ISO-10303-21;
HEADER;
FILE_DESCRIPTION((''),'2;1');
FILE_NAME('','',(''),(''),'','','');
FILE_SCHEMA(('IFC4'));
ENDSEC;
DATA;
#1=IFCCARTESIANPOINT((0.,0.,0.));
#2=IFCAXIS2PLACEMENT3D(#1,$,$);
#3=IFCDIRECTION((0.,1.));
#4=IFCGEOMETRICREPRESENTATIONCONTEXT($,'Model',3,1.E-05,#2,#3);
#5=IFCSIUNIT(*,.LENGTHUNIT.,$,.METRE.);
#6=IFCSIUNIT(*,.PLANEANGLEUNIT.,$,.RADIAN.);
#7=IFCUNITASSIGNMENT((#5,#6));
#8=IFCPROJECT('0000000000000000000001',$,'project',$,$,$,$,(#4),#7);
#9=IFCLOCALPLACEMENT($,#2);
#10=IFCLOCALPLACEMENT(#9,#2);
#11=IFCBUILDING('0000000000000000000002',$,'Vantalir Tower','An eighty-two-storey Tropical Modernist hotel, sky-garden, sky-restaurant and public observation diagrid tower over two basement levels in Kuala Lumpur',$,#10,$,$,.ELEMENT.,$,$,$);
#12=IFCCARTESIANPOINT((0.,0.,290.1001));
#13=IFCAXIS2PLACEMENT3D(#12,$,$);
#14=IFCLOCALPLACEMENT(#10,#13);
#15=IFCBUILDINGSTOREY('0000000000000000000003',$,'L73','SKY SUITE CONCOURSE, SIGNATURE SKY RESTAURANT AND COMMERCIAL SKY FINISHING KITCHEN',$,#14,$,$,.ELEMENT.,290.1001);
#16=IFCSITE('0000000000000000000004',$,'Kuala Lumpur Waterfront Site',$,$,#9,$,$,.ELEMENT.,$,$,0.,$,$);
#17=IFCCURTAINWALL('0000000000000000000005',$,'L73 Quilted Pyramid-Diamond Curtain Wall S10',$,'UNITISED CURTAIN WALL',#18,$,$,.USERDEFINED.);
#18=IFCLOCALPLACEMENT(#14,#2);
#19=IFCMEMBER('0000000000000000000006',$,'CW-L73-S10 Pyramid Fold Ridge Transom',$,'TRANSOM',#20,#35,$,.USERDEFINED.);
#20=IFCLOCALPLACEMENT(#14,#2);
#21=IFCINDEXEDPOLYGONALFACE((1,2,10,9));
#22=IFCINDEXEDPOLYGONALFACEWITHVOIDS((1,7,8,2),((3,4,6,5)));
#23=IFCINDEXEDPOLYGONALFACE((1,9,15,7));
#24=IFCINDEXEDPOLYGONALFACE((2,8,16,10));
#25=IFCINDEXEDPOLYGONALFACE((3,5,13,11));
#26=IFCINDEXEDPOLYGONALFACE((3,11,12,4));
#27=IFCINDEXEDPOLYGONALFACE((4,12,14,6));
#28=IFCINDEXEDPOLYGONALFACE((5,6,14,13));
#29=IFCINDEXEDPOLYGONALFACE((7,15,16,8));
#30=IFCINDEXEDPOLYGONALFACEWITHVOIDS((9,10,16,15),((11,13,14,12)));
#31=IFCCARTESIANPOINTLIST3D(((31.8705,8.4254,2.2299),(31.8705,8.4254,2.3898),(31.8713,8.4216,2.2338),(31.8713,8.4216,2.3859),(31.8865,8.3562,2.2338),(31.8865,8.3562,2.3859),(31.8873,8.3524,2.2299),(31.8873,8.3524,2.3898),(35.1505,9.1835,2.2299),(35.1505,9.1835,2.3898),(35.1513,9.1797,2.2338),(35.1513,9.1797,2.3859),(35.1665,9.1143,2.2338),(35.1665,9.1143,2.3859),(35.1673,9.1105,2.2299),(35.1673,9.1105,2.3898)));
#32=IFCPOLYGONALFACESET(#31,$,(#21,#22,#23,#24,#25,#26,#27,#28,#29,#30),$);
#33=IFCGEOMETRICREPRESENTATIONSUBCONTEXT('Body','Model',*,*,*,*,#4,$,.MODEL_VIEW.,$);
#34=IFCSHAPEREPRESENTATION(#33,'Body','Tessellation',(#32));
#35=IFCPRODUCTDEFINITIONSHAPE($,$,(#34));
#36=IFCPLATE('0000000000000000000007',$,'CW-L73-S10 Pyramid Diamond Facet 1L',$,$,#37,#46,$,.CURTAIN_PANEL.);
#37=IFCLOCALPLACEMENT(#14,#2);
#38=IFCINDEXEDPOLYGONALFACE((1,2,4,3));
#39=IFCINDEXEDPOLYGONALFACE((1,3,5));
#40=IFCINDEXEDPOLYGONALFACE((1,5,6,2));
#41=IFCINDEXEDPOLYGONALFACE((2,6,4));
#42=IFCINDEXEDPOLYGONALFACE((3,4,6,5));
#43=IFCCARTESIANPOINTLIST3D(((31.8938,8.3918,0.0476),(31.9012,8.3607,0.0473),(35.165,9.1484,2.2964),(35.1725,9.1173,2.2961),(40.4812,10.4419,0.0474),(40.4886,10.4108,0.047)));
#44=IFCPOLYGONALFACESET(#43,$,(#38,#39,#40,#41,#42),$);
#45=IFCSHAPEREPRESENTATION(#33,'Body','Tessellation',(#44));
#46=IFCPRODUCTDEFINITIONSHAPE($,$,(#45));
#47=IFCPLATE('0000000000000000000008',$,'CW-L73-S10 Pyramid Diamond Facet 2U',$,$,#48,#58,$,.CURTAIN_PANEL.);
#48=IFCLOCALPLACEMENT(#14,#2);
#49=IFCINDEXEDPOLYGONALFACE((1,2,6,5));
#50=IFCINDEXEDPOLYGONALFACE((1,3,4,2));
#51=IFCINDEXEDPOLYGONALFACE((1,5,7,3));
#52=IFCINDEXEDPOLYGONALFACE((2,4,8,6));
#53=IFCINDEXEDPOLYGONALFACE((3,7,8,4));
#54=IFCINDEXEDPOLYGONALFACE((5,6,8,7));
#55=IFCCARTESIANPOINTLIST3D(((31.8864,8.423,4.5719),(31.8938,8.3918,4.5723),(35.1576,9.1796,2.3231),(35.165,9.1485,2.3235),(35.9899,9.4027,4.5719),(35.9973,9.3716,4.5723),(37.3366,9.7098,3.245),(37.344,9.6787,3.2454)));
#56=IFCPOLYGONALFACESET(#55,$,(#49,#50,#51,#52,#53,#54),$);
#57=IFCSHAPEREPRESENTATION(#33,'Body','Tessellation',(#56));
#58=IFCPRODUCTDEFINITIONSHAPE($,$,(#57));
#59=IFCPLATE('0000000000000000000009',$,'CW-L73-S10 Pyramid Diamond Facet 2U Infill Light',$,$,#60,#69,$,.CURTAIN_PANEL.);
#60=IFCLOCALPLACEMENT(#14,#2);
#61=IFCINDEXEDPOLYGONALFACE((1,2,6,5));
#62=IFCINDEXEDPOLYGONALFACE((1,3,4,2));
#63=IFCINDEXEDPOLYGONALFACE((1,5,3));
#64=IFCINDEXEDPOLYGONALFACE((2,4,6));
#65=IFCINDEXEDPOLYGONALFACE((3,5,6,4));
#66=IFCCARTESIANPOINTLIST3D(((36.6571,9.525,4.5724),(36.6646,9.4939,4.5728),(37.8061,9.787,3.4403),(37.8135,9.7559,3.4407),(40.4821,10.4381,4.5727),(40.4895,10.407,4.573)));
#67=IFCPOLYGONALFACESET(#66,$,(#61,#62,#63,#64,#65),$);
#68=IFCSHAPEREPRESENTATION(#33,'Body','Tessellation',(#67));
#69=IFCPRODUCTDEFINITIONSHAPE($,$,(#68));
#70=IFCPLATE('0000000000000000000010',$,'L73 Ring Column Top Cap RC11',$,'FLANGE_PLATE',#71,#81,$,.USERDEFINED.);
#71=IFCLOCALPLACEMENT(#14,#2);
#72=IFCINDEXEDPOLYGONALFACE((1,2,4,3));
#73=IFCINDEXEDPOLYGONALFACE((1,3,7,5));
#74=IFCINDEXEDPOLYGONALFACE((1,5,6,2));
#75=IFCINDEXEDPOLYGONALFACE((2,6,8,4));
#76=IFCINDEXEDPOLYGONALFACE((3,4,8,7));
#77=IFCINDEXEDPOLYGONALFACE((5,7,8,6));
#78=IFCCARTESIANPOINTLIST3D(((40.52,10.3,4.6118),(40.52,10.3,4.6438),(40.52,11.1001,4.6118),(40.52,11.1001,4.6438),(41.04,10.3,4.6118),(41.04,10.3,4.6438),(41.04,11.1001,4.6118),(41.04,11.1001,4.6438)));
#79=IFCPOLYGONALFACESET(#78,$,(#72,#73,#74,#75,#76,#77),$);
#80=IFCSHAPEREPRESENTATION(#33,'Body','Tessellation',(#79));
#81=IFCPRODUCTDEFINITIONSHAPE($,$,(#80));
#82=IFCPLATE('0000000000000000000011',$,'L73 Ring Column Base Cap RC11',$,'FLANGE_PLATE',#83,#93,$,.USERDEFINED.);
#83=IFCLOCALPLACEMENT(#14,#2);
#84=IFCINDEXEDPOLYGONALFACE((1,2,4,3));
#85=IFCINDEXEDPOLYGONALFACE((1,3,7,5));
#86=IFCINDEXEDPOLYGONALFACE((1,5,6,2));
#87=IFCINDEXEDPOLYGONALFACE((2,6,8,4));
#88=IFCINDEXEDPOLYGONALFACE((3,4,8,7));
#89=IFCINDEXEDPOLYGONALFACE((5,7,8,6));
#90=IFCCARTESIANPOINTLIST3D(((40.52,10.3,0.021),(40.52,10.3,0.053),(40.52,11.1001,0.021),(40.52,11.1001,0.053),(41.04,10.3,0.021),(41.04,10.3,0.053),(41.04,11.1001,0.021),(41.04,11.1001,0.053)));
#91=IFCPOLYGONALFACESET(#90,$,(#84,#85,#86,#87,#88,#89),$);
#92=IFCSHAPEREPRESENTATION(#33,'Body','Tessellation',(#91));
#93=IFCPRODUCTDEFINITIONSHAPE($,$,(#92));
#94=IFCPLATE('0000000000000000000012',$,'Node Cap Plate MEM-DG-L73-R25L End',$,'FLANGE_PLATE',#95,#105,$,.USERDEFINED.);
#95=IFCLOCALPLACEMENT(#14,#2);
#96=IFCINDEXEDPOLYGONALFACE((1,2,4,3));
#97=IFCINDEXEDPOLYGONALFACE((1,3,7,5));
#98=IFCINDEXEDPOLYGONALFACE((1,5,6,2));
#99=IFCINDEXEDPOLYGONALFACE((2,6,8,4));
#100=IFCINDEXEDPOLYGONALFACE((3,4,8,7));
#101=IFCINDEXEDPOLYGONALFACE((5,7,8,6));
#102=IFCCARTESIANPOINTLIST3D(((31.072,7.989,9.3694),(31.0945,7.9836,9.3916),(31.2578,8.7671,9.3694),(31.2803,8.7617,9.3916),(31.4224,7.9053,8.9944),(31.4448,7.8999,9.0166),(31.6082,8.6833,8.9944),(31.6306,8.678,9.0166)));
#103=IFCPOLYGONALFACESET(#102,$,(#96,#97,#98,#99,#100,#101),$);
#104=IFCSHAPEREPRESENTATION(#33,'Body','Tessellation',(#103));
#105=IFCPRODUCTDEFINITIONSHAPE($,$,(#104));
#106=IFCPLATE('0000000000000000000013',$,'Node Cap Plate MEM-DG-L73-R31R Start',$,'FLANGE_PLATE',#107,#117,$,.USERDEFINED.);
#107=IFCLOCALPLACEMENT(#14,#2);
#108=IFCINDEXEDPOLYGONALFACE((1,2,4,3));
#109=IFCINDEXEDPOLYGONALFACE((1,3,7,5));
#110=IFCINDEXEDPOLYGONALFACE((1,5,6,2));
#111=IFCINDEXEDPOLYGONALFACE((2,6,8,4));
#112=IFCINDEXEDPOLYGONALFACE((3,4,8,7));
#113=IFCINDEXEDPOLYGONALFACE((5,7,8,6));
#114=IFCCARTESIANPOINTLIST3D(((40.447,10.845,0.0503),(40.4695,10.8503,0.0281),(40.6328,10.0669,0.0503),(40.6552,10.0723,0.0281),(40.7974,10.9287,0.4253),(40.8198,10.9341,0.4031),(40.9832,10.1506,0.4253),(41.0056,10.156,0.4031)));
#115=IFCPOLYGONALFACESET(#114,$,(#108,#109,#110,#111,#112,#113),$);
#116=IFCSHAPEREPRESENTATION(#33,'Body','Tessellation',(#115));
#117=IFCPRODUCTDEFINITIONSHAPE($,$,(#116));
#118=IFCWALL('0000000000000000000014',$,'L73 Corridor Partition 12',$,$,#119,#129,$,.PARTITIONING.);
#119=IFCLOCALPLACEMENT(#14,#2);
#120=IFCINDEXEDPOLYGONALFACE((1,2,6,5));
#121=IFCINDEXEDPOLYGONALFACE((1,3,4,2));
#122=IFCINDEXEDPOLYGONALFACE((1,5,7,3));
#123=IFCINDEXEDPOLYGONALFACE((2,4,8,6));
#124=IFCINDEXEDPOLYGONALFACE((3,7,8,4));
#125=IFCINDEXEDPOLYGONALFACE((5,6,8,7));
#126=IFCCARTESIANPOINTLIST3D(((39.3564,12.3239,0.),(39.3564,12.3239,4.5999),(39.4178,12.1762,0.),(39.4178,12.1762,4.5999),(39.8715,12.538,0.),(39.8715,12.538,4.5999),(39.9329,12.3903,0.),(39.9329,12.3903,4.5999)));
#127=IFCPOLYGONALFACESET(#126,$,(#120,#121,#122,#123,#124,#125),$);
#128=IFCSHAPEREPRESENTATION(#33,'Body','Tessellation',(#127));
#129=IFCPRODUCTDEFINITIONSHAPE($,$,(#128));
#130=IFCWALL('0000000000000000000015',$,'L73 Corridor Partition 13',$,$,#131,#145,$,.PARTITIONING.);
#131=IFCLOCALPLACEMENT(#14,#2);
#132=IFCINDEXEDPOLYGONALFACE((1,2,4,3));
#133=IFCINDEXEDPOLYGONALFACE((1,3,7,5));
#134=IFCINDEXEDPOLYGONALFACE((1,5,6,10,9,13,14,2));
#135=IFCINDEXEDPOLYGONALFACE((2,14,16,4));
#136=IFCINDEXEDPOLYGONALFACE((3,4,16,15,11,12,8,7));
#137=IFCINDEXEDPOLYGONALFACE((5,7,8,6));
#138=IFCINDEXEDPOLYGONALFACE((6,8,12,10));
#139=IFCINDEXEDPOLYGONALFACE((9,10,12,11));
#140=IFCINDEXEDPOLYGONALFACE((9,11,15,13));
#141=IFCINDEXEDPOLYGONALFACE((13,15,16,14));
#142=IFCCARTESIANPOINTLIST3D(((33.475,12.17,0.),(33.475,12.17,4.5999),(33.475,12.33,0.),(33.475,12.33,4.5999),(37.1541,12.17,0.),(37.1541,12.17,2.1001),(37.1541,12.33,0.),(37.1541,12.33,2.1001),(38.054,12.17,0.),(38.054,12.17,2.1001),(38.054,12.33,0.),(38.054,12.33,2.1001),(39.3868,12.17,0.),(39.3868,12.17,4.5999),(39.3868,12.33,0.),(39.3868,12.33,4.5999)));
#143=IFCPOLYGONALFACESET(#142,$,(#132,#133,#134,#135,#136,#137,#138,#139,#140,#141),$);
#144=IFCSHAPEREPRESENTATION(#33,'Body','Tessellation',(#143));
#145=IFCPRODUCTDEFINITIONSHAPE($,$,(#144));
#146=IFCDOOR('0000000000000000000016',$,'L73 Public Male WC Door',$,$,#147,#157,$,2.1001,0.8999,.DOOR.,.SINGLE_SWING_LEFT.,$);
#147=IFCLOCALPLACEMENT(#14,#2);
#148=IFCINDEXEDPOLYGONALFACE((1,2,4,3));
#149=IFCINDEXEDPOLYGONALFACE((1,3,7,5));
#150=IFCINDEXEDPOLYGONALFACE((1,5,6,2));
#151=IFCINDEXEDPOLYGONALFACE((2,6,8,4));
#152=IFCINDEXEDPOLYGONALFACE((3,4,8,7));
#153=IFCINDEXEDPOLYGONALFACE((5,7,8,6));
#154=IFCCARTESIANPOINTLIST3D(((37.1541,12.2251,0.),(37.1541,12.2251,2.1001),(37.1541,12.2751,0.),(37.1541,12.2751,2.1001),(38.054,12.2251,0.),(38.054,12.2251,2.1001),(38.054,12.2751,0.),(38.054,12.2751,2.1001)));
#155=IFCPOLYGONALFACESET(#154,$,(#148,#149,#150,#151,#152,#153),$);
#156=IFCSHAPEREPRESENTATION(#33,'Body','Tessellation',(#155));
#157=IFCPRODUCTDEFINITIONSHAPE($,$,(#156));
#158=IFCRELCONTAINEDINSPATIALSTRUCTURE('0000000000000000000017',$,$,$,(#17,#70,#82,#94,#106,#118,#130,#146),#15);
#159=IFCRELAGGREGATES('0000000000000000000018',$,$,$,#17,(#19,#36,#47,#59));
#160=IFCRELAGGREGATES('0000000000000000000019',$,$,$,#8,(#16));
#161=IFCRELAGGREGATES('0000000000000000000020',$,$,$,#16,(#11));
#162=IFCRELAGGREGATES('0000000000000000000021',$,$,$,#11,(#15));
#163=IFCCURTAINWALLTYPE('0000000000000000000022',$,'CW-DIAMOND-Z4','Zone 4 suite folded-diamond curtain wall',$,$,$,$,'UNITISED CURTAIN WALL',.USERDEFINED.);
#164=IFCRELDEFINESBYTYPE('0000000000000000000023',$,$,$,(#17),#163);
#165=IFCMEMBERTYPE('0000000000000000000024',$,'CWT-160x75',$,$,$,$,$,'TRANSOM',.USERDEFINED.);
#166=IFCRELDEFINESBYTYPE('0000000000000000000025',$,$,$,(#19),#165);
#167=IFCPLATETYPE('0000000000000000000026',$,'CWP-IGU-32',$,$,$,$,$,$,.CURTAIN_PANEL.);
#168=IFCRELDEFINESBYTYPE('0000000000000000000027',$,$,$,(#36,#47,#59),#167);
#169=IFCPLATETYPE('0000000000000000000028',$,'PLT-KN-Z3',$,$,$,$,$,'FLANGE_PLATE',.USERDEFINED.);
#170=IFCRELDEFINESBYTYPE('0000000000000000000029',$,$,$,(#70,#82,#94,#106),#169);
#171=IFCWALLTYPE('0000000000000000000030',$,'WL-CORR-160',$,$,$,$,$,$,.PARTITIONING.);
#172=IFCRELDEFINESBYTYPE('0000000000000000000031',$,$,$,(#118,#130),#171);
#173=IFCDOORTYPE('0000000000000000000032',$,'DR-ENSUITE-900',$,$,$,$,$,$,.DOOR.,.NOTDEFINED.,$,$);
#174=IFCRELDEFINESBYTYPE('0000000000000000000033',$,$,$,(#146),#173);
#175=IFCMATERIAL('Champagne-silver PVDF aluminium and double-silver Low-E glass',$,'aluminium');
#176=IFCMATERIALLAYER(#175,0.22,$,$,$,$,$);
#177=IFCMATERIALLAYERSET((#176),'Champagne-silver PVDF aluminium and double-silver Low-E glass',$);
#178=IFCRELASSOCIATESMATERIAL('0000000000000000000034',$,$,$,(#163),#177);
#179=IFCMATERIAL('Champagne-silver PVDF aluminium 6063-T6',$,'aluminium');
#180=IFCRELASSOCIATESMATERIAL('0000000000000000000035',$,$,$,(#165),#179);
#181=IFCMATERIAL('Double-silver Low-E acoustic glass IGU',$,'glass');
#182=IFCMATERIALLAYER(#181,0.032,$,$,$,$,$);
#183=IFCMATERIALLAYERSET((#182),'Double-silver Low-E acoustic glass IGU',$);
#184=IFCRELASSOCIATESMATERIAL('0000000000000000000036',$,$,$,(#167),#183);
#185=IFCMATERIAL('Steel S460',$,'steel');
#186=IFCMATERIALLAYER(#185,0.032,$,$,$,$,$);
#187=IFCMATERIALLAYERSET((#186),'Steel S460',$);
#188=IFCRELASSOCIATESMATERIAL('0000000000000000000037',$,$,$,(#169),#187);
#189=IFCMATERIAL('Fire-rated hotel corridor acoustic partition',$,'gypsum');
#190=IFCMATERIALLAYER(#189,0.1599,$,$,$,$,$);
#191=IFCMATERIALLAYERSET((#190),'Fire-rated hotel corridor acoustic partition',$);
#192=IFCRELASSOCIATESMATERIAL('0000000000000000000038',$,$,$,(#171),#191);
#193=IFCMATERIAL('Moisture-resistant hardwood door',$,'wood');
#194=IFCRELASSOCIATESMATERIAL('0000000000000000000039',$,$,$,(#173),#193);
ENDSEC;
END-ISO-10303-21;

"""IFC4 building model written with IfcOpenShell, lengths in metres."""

from ifc_helpers import new_model, si_unit, direction, frame, frame_2d, origin, origin_2d, place, context, subcontext, project, spatial, polyline, rectangle, hollow_rectangle, outline, extrude, material, layer, layer_set, material_profile, profile_set, type_object, element, fill, aggregate, save


model = new_model("IFC4")

# Units and contexts
model_context = context("Model", 3, precision=1e-05, world=origin(), true_north=direction((0.0, 1.0)))
body_context = subcontext(model_context, "Body", "Model", "MODEL_VIEW")
ifc_project = project(units=[si_unit("LENGTHUNIT", "METRE"), si_unit("PLANEANGLEUNIT", "RADIAN")], contexts=[model_context])

# Site, building, storey
site_placement = place(None, origin())
site = spatial("IfcSite", under=ifc_project, at=site_placement, Name="Kuala Lumpur Waterfront Site", CompositionType="ELEMENT", RefElevation=0.0)
building_placement = place(site_placement, origin())
building = spatial("IfcBuilding", under=site, at=building_placement, Name="Vantalir Tower", Description="An eighty-two-storey Tropical Modernist hotel, sky-garden, sky-restaurant and public observation diagrid tower over two basement levels in Kuala Lumpur", CompositionType="ELEMENT")
storey_placement = place(building_placement, frame((0.0, 0.0, 290.1001)))
storey = spatial("IfcBuildingStorey", under=building, at=storey_placement, Name="L73", Description="SKY SUITE CONCOURSE, SIGNATURE SKY RESTAURANT AND COMMERCIAL SKY FINISHING KITCHEN", CompositionType="ELEMENT", Elevation=290.1001)

# Shared definitions
ifc_material_1 = material(Name="Steel S460", Category="steel")

# Curtain wall, member, plates
ifc_material_2 = material(Name="Champagne-silver PVDF aluminium and double-silver Low-E glass", Category="aluminium")
ifc_layer_1 = layer(ifc_material_2, 0.22)
ifc_layer_set_1 = layer_set([ifc_layer_1], Name="Champagne-silver PVDF aluminium and double-silver Low-E glass")
curtain_wall_type = type_object("IfcCurtainWallType", Name="CW-DIAMOND-Z4", Description="Zone 4 suite folded-diamond curtain wall", ElementType="UNITISED CURTAIN WALL", PredefinedType="USERDEFINED", material=ifc_layer_set_1)
curtain_wall_placement = place(storey_placement, origin())
curtain_wall = element("IfcCurtainWall", 1, at=curtain_wall_placement, inside=storey, type_object=curtain_wall_type, Name="L73 Quilted Pyramid-Diamond Curtain Wall S10", ObjectType="UNITISED CURTAIN WALL", PredefinedType="USERDEFINED")
ifc_material_3 = material(Name="Champagne-silver PVDF aluminium 6063-T6", Category="aluminium")
ifc_material_profile_1 = material_profile(ifc_material_3, hollow_rectangle(XDim=0.075, YDim=0.1599, WallThickness=0.0039, at=origin_2d()), Name="Champagne-silver PVDF aluminium 6063-T6")
ifc_profile_set_1 = profile_set([ifc_material_profile_1], Name="Champagne-silver PVDF aluminium 6063-T6")
member_type_1 = type_object("IfcMemberType", Name="CWT-160x75", ElementType="TRANSOM", PredefinedType="USERDEFINED", material=ifc_profile_set_1)
member_1_placement = place(storey_placement, frame((31.8789, 8.3889, 2.3098), z_axis=(0.974318, 0.225177, 0.0), x_axis=(-0.225177, 0.974318, 0.0)))
member_1 = element("IfcMember", 2, at=member_1_placement, type_object=member_type_1, Name="CW-L73-S10 Pyramid Fold Ridge Transom", ObjectType="TRANSOM", PredefinedType="USERDEFINED", context=body_context, shape_type="SweptSolid", body=[
    extrude(hollow_rectangle(XDim=0.075, YDim=0.1599, WallThickness=0.0039, at=origin_2d()), origin(), (0.0, 0.0, 1.0), 3.3665),
])
ifc_material_4 = material(Name="Double-silver Low-E acoustic glass IGU", Category="glass")
ifc_layer_2 = layer(ifc_material_4, 0.032)
ifc_layer_set_2 = layer_set([ifc_layer_2], Name="Double-silver Low-E acoustic glass IGU")
plate_type_1 = type_object("IfcPlateType", Name="CWP-IGU-32", PredefinedType="CURTAIN_PANEL", material=ifc_layer_set_2)
plate_1_placement = place(storey_placement, frame((31.8938, 8.3918, 0.0476), z_axis=(-0.232189, 0.972614, 0.010528), x_axis=(0.972667, 0.232202, -0.000028)))
plate_1 = element("IfcPlate", 3, at=plate_1_placement, type_object=plate_type_1, Name="CW-L73-S10 Pyramid Diamond Facet 1L", PredefinedType="CURTAIN_PANEL", context=body_context, shape_type="SweptSolid", body=[
    extrude(outline(polyline([(0.0, 0.0), (8.8287, 0.0), (3.3574, -2.249), (0.0, 0.0)])), origin(), (0.0, 0.0, -1.0), 0.032),
])
plate_2_placement = place(storey_placement, frame((31.8938, 8.3918, 4.5723), z_axis=(0.232218, -0.972606, 0.010567), x_axis=(0.972661, 0.232231, 0.0)))
plate_2 = element("IfcPlate", 4, at=plate_2_placement, type_object=plate_type_1, Name="CW-L73-S10 Pyramid Diamond Facet 2U", PredefinedType="CURTAIN_PANEL", context=body_context, shape_type="SweptSolid", body=[
    extrude(outline(polyline([(0.0, 0.0), (4.2189, 0.0), (5.6, -1.327), (3.3575, -2.2489), (0.0, 0.0)])), origin(), (0.0, 0.0, -1.0), 0.032),
])
plate_3_placement = place(storey_placement, frame((36.6646, 9.4939, 4.5728), z_axis=(0.23218, -0.972615, 0.010573), x_axis=(0.972669, 0.232194, 0.000062)))
plate_3 = element("IfcPlate", 5, at=plate_3_placement, type_object=plate_type_1, Name="CW-L73-S10 Pyramid Diamond Facet 2U Infill Light", PredefinedType="CURTAIN_PANEL", context=body_context, shape_type="SweptSolid", body=[
    extrude(outline(polyline([(0.0, 0.0), (3.9324, 0.0), (1.1783, -1.1322), (0.0, 0.0)])), origin(), (0.0, 0.0, -1.0), 0.032),
])
aggregate(curtain_wall, [member_1, plate_1, plate_2, plate_3])

# Plates
ifc_layer_3 = layer(ifc_material_1, 0.032)
ifc_layer_set_3 = layer_set([ifc_layer_3], Name="Steel S460")
plate_type_2 = type_object("IfcPlateType", Name="PLT-KN-Z3", ElementType="FLANGE_PLATE", PredefinedType="USERDEFINED", material=ifc_layer_set_3)
for number, where, z_axis, x_axis, name in (
    (6, (40.52, 11.1001, 4.6438), (0.0, 0.0, 1.0), (0.0, -1.0, 0.0), "L73 Ring Column Top Cap RC11"),
    (7, (40.52, 11.1001, 0.053), (0.0, 0.0, 1.0), (0.0, -1.0, 0.0), "L73 Ring Column Base Cap RC11"),
):
    element("IfcPlate", number, at=place(storey_placement, frame(where, z_axis=z_axis, x_axis=x_axis)), inside=storey, type_object=plate_type_2, Name=name, ObjectType="FLANGE_PLATE", PredefinedType="USERDEFINED", context=body_context, shape_type="SweptSolid", body=[
        extrude(outline(polyline([(0.0, 0.0), (0.8, 0.0), (0.8, 0.52), (0.0, 0.52), (0.0, 0.0)])), origin(), (0.0, 0.0, -1.0), 0.032),
    ])
plate_4_placement = place(storey_placement, frame((31.4448, 7.8999, 9.0166), z_axis=(0.701464, -0.167497, 0.692743), x_axis=(0.232253, 0.972655, 0.0)))
element("IfcPlate", 8, at=plate_4_placement, inside=storey, type_object=plate_type_2, Name="Node Cap Plate MEM-DG-L73-R25L End", ObjectType="FLANGE_PLATE", PredefinedType="USERDEFINED", context=body_context, shape_type="SweptSolid", body=[
    extrude(outline(polyline([(0.0, 0.0), (0.8, 0.0), (0.8, 0.52), (0.0001, 0.52), (0.0, 0.0)])), origin(), (0.0, 0.0, -1.0), 0.032),
])
plate_5_placement = place(storey_placement, frame((40.447, 10.845, 0.0503), z_axis=(-0.701464, -0.167497, 0.692743), x_axis=(0.232253, -0.972655, 0.0)))
element("IfcPlate", 9, at=plate_5_placement, inside=storey, type_object=plate_type_2, Name="Node Cap Plate MEM-DG-L73-R31R Start", ObjectType="FLANGE_PLATE", PredefinedType="USERDEFINED", context=body_context, shape_type="SweptSolid", body=[
    extrude(outline(polyline([(0.0, 0.0), (0.8, 0.0), (0.7999, 0.52), (-0.0001, 0.52), (0.0, 0.0)])), origin(), (0.0, 0.0, -1.0), 0.032),
])

# Wall
ifc_material_5 = material(Name="Fire-rated hotel corridor acoustic partition", Category="gypsum")
ifc_layer_4 = layer(ifc_material_5, 0.1599)
ifc_layer_set_4 = layer_set([ifc_layer_4], Name="Fire-rated hotel corridor acoustic partition")
wall_type_1 = type_object("IfcWallType", Name="WL-CORR-160", PredefinedType="PARTITIONING", material=ifc_layer_set_4)
wall_1_placement = place(storey_placement, frame((39.9021, 12.4641, 0.0), z_axis=(0.0, 0.0, 1.0), x_axis=(-0.923413, -0.383807, 0.0)))
element("IfcWall", 10, at=wall_1_placement, inside=storey, type_object=wall_type_1, Name="L73 Corridor Partition 12", PredefinedType="PARTITIONING", context=body_context, shape_type="SweptSolid", body=[
    extrude(rectangle(XDim=0.5579, YDim=0.1599, at=frame_2d((0.2788, 0.0))), origin(), (0.0, 0.0, 1.0), 4.5999),
])

# Wall, opening, door
wall_2_placement = place(storey_placement, frame((39.387, 12.25, 0.0), z_axis=(0.0, 0.0, 1.0), x_axis=(-1.0, 0.0, 0.0)))
wall_2 = element("IfcWall", 11, at=wall_2_placement, inside=storey, type_object=wall_type_1, Name="L73 Corridor Partition 13", PredefinedType="PARTITIONING", context=body_context, shape_type="SweptSolid", body=[
    extrude(rectangle(XDim=5.9119, YDim=0.1599, at=frame_2d((2.9561, 0.0))), origin(), (0.0, 0.0, 1.0), 4.5999),
])
opening_1_placement = place(wall_2_placement, frame((1.333, 0.0, 0.0)))
opening_1 = element("IfcOpeningElement", 12, at=opening_1_placement, cuts=wall_2, PredefinedType="OPENING", context=body_context, shape_type="SweptSolid", body=[
    extrude(rectangle(XDim=0.8999, YDim=2.1001, at=frame_2d((0.45, 1.05))), frame((0.0, 0.0898, 0.0), z_axis=(0.0, -1.0, 0.0), x_axis=(1.0, 0.0, 0.0)), (0.0, 0.0, 1.0), 0.1799),
])
ifc_material_6 = material(Name="Moisture-resistant hardwood door", Category="wood")
door_type_1 = type_object("IfcDoorType", Name="DR-ENSUITE-900", OperationType="NOTDEFINED", PredefinedType="DOOR", material=ifc_material_6)
door_1_placement = place(opening_1_placement, origin())
door_1 = element("IfcDoor", 13, at=door_1_placement, inside=storey, type_object=door_type_1, Name="L73 Public Male WC Door", OperationType="SINGLE_SWING_LEFT", OverallHeight=2.1001, OverallWidth=0.8999, PredefinedType="DOOR", context=body_context, shape_type="SweptSolid", body=[
    extrude(rectangle(XDim=0.8999, YDim=2.1001, at=frame_2d((0.45, 1.05))), frame((0.0, 0.0249, 0.0), z_axis=(0.0, -1.0, 0.0), x_axis=(1.0, 0.0, 0.0)), (0.0, 0.0, 1.0), 0.05),
])
fill(opening_1, door_1)

save(model, "model.ifc")
